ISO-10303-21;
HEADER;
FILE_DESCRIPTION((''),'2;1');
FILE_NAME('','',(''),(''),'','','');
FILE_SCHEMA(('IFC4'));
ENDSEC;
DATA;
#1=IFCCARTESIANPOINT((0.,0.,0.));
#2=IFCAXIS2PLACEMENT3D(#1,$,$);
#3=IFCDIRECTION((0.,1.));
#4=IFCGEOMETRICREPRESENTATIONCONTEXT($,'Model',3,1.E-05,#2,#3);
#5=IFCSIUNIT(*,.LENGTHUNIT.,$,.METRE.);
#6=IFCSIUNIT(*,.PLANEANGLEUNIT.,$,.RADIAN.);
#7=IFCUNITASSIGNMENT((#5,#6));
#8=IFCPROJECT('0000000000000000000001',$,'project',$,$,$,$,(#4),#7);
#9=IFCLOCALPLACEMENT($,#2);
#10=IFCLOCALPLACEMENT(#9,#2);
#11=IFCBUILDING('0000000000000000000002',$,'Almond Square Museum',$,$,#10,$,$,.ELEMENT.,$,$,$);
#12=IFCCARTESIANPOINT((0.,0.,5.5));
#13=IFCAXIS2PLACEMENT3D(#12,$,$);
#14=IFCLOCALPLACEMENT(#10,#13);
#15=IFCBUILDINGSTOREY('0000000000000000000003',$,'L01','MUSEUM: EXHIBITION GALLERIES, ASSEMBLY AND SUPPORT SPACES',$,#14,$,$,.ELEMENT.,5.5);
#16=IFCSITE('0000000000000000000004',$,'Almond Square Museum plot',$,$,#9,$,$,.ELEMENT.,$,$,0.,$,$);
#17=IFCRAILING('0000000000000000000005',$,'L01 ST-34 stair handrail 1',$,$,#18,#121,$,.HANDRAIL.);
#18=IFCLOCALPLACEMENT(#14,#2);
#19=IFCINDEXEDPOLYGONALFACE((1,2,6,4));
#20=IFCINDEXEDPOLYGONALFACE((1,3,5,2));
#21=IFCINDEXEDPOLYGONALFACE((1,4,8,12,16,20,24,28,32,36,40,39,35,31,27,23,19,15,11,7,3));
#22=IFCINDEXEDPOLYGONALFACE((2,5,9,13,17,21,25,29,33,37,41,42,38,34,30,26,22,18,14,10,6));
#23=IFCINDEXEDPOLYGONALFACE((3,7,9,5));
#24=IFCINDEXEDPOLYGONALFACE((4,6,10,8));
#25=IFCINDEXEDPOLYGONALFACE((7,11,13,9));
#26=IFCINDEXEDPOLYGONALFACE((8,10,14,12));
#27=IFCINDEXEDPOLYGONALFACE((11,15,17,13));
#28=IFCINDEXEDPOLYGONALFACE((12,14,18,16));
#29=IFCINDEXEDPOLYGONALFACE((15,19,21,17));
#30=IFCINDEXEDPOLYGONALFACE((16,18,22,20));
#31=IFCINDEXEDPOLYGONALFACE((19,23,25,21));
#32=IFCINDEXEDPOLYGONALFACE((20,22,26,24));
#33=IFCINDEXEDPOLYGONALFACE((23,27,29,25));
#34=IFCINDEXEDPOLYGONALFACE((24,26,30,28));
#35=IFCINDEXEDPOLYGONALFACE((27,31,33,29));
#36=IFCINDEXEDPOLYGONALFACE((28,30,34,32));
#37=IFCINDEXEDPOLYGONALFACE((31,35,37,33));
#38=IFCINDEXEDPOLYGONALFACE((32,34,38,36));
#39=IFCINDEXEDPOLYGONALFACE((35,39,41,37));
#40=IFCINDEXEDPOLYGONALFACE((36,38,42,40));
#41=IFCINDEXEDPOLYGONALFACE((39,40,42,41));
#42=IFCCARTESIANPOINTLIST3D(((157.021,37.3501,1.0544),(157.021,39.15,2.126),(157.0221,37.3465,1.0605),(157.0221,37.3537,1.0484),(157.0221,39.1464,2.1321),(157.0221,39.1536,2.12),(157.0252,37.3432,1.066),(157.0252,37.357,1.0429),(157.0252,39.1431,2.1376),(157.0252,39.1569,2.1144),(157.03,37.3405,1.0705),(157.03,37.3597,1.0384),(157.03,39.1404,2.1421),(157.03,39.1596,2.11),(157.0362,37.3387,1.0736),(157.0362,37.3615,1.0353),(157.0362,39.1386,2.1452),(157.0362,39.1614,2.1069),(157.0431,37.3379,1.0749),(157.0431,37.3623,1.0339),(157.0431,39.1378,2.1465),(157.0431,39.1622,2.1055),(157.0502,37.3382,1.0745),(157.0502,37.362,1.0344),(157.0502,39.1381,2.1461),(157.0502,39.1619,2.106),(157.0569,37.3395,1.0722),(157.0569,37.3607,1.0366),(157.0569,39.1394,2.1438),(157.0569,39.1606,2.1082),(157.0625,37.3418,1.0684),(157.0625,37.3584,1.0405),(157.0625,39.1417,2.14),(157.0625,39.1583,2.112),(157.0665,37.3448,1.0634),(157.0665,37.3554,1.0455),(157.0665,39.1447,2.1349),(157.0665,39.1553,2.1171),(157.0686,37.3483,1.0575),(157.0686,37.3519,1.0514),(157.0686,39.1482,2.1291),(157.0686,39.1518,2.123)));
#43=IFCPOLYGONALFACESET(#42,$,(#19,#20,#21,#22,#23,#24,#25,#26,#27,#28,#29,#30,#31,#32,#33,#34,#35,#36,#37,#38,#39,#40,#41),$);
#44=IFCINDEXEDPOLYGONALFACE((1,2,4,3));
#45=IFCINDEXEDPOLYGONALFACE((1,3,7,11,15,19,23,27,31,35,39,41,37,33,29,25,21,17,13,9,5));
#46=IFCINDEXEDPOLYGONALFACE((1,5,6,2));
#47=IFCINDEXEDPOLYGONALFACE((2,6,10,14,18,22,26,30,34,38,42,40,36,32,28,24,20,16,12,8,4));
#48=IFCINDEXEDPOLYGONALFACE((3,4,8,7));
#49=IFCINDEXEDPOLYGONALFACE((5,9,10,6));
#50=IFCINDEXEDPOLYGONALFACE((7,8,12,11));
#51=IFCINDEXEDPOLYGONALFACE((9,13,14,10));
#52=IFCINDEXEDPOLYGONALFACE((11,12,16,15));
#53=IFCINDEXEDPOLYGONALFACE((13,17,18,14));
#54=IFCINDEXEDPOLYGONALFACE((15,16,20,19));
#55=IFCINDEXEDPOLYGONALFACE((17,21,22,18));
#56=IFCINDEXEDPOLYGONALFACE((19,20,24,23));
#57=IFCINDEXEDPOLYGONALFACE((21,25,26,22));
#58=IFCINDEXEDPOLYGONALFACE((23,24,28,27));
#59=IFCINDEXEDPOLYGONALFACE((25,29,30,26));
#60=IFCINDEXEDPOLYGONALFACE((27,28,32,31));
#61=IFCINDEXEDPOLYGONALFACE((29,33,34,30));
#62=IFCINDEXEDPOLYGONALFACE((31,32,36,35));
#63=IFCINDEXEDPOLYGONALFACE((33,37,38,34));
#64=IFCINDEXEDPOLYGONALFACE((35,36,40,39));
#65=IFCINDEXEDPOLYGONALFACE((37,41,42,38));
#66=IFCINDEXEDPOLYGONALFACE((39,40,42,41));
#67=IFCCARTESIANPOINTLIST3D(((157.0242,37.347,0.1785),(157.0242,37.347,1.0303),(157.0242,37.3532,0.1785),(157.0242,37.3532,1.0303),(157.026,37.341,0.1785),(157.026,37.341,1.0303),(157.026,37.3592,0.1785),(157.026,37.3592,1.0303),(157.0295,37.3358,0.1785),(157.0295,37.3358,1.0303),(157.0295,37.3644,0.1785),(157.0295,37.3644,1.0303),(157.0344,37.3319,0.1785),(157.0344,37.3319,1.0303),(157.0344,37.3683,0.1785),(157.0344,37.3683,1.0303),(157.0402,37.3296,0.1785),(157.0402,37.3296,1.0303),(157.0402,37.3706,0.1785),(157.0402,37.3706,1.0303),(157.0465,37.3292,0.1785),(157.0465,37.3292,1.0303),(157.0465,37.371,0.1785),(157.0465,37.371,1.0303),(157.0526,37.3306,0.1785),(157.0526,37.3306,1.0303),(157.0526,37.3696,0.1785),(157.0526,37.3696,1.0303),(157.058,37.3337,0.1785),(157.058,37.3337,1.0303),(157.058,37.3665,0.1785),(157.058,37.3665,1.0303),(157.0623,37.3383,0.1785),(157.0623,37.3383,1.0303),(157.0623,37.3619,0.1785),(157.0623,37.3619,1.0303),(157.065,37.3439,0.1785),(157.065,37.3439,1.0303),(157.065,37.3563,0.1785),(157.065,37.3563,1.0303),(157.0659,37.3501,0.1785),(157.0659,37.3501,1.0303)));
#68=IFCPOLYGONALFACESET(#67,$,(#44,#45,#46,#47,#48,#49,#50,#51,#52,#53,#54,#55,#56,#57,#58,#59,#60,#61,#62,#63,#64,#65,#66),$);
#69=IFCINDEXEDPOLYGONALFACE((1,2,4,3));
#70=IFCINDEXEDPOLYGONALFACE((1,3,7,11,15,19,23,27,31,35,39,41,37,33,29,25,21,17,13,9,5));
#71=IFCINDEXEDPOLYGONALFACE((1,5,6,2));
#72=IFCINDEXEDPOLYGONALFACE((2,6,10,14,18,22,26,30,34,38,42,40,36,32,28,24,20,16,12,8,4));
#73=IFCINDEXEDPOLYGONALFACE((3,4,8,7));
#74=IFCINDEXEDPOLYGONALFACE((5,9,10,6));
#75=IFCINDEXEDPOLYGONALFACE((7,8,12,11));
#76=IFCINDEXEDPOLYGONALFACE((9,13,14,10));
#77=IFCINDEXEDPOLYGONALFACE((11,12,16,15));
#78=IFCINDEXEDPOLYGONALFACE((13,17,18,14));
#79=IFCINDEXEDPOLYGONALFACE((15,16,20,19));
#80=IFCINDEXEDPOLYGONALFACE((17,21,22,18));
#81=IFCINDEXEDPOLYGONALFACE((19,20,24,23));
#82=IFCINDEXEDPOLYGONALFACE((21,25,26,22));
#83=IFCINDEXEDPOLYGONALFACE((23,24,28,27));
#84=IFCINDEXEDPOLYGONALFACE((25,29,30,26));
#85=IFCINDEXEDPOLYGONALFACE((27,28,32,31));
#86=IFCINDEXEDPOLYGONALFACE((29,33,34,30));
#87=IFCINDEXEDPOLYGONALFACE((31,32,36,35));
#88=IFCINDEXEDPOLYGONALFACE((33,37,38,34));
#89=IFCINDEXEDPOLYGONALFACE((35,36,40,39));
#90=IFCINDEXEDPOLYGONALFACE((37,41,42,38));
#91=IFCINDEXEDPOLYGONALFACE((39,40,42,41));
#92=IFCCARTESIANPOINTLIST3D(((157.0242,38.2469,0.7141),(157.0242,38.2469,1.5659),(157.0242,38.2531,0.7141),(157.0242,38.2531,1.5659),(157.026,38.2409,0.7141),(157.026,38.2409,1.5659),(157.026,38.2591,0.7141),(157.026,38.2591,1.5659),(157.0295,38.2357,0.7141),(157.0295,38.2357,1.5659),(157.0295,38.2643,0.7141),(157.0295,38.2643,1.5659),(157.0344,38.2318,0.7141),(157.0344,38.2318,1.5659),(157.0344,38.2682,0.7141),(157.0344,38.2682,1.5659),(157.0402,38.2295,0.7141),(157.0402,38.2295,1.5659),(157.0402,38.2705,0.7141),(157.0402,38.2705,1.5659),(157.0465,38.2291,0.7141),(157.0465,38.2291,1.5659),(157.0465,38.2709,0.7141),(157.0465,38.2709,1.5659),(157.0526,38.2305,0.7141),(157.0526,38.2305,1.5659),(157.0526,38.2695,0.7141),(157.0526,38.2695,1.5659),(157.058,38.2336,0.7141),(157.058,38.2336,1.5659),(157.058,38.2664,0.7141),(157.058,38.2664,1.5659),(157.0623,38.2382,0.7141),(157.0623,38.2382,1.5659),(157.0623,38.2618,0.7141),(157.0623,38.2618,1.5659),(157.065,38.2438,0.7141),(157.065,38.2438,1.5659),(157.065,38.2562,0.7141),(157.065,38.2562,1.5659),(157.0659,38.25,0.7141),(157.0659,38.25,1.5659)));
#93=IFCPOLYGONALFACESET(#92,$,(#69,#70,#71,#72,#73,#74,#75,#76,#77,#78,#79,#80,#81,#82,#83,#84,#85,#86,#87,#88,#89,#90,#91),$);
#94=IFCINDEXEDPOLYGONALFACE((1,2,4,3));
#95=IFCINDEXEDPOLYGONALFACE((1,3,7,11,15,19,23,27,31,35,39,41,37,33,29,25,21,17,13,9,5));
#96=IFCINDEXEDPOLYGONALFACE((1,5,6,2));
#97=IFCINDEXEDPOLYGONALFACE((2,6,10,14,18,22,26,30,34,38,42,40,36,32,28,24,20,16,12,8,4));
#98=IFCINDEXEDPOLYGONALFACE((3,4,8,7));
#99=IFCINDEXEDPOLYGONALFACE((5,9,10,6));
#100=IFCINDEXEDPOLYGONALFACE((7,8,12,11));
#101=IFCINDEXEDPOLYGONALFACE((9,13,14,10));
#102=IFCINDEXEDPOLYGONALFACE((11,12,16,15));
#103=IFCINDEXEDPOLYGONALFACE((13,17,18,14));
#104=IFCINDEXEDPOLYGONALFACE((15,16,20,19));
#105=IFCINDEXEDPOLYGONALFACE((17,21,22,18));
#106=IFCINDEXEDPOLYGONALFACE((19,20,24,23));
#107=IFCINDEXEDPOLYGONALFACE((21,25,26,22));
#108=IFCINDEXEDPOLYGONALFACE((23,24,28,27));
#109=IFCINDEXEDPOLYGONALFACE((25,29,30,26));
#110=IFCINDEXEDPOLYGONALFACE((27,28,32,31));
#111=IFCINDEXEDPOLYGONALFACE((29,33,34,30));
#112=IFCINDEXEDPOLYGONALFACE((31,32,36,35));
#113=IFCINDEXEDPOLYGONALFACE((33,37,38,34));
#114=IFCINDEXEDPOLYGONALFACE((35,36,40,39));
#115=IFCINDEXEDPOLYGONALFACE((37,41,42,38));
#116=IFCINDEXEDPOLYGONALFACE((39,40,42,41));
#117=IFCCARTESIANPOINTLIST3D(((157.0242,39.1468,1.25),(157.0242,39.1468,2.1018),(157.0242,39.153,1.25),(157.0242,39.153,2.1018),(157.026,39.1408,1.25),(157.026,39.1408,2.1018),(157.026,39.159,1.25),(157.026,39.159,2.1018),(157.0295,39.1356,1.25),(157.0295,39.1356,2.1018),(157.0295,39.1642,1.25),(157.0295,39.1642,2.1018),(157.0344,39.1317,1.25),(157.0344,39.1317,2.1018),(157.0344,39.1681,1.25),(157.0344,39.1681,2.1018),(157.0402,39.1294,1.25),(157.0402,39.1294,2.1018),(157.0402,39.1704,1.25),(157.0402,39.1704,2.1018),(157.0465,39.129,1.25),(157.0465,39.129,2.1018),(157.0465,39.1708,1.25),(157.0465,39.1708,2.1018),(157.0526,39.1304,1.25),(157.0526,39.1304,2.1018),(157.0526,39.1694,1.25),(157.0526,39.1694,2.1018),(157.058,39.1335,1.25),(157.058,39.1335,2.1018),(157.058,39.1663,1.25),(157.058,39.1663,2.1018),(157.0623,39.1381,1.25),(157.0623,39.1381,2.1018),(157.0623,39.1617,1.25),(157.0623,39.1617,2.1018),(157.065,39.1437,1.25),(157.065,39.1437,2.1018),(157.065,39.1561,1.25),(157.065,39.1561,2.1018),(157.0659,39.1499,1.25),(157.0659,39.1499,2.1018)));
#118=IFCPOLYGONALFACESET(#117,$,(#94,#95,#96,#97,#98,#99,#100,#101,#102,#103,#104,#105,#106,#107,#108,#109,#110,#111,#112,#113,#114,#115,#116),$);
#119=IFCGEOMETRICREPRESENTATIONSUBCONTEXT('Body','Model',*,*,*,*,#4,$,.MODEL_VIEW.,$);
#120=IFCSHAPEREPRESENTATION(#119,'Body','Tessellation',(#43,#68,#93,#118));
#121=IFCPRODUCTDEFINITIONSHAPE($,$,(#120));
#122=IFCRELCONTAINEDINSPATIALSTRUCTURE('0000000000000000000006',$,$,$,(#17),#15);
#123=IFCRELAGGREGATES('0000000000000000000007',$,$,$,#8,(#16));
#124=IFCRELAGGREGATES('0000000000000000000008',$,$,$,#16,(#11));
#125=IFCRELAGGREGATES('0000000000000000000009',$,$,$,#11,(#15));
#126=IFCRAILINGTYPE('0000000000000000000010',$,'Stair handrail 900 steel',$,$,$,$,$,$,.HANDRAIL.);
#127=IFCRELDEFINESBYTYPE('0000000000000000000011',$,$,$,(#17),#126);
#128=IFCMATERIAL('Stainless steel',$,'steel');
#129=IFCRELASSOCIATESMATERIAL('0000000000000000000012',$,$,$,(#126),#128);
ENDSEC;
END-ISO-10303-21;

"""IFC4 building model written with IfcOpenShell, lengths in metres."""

from ifc_helpers import new_model, si_unit, direction, frame, origin, origin_2d, place, context, subcontext, project, spatial, circle, extrude, material, type_object, element, save


model = new_model("IFC4")

# Units and contexts
model_context = context("Model", 3, precision=1e-05, world=origin(), true_north=direction((0.0, 1.0)))
body_context = subcontext(model_context, "Body", "Model", "MODEL_VIEW")
ifc_project = project(units=[si_unit("LENGTHUNIT", "METRE"), si_unit("PLANEANGLEUNIT", "RADIAN")], contexts=[model_context])

# Site, building, storey
site_placement = place(None, origin())
site = spatial("IfcSite", under=ifc_project, at=site_placement, Name="Almond Square Museum plot", CompositionType="ELEMENT", RefElevation=0.0)
building_placement = place(site_placement, origin())
building = spatial("IfcBuilding", under=site, at=building_placement, Name="Almond Square Museum", CompositionType="ELEMENT")
storey_placement = place(building_placement, frame((0.0, 0.0, 5.5)))
storey = spatial("IfcBuildingStorey", under=building, at=storey_placement, Name="L01", Description="MUSEUM: EXHIBITION GALLERIES, ASSEMBLY AND SUPPORT SPACES", CompositionType="ELEMENT", Elevation=5.5)

# Railing
ifc_material_1 = material(Name="Stainless steel", Category="steel")
railing_type_1 = type_object("IfcRailingType", Name="Stair handrail 900 steel", PredefinedType="HANDRAIL", material=ifc_material_1)
railing_1_placement = place(storey_placement, frame((157.0449, 37.3501, 0.1785)))
element("IfcRailing", 1, at=railing_1_placement, inside=storey, type_object=railing_type_1, Name="L01 ST-34 stair handrail 1", PredefinedType="HANDRAIL", context=body_context, shape_type="SweptSolid", body=[
    extrude(circle(Radius=0.0239, at=origin_2d()), frame((0.0, 0.0, 0.876), z_axis=(0.0, 0.859247, 0.511562), x_axis=(-1.0, 0.0, 0.0)), (0.0, 0.0, 1.0), 2.0947),
    extrude(circle(Radius=0.021, at=origin_2d()), origin(), (0.0, 0.0, 1.0), 0.8518),
    extrude(circle(Radius=0.021, at=origin_2d()), frame((0.0, 0.8999, 0.5356)), (0.0, 0.0, 1.0), 0.8518),
    extrude(circle(Radius=0.021, at=origin_2d()), frame((0.0, 1.7998, 1.0715)), (0.0, 0.0, 1.0), 0.8518),
])

save(model, "model.ifc")
